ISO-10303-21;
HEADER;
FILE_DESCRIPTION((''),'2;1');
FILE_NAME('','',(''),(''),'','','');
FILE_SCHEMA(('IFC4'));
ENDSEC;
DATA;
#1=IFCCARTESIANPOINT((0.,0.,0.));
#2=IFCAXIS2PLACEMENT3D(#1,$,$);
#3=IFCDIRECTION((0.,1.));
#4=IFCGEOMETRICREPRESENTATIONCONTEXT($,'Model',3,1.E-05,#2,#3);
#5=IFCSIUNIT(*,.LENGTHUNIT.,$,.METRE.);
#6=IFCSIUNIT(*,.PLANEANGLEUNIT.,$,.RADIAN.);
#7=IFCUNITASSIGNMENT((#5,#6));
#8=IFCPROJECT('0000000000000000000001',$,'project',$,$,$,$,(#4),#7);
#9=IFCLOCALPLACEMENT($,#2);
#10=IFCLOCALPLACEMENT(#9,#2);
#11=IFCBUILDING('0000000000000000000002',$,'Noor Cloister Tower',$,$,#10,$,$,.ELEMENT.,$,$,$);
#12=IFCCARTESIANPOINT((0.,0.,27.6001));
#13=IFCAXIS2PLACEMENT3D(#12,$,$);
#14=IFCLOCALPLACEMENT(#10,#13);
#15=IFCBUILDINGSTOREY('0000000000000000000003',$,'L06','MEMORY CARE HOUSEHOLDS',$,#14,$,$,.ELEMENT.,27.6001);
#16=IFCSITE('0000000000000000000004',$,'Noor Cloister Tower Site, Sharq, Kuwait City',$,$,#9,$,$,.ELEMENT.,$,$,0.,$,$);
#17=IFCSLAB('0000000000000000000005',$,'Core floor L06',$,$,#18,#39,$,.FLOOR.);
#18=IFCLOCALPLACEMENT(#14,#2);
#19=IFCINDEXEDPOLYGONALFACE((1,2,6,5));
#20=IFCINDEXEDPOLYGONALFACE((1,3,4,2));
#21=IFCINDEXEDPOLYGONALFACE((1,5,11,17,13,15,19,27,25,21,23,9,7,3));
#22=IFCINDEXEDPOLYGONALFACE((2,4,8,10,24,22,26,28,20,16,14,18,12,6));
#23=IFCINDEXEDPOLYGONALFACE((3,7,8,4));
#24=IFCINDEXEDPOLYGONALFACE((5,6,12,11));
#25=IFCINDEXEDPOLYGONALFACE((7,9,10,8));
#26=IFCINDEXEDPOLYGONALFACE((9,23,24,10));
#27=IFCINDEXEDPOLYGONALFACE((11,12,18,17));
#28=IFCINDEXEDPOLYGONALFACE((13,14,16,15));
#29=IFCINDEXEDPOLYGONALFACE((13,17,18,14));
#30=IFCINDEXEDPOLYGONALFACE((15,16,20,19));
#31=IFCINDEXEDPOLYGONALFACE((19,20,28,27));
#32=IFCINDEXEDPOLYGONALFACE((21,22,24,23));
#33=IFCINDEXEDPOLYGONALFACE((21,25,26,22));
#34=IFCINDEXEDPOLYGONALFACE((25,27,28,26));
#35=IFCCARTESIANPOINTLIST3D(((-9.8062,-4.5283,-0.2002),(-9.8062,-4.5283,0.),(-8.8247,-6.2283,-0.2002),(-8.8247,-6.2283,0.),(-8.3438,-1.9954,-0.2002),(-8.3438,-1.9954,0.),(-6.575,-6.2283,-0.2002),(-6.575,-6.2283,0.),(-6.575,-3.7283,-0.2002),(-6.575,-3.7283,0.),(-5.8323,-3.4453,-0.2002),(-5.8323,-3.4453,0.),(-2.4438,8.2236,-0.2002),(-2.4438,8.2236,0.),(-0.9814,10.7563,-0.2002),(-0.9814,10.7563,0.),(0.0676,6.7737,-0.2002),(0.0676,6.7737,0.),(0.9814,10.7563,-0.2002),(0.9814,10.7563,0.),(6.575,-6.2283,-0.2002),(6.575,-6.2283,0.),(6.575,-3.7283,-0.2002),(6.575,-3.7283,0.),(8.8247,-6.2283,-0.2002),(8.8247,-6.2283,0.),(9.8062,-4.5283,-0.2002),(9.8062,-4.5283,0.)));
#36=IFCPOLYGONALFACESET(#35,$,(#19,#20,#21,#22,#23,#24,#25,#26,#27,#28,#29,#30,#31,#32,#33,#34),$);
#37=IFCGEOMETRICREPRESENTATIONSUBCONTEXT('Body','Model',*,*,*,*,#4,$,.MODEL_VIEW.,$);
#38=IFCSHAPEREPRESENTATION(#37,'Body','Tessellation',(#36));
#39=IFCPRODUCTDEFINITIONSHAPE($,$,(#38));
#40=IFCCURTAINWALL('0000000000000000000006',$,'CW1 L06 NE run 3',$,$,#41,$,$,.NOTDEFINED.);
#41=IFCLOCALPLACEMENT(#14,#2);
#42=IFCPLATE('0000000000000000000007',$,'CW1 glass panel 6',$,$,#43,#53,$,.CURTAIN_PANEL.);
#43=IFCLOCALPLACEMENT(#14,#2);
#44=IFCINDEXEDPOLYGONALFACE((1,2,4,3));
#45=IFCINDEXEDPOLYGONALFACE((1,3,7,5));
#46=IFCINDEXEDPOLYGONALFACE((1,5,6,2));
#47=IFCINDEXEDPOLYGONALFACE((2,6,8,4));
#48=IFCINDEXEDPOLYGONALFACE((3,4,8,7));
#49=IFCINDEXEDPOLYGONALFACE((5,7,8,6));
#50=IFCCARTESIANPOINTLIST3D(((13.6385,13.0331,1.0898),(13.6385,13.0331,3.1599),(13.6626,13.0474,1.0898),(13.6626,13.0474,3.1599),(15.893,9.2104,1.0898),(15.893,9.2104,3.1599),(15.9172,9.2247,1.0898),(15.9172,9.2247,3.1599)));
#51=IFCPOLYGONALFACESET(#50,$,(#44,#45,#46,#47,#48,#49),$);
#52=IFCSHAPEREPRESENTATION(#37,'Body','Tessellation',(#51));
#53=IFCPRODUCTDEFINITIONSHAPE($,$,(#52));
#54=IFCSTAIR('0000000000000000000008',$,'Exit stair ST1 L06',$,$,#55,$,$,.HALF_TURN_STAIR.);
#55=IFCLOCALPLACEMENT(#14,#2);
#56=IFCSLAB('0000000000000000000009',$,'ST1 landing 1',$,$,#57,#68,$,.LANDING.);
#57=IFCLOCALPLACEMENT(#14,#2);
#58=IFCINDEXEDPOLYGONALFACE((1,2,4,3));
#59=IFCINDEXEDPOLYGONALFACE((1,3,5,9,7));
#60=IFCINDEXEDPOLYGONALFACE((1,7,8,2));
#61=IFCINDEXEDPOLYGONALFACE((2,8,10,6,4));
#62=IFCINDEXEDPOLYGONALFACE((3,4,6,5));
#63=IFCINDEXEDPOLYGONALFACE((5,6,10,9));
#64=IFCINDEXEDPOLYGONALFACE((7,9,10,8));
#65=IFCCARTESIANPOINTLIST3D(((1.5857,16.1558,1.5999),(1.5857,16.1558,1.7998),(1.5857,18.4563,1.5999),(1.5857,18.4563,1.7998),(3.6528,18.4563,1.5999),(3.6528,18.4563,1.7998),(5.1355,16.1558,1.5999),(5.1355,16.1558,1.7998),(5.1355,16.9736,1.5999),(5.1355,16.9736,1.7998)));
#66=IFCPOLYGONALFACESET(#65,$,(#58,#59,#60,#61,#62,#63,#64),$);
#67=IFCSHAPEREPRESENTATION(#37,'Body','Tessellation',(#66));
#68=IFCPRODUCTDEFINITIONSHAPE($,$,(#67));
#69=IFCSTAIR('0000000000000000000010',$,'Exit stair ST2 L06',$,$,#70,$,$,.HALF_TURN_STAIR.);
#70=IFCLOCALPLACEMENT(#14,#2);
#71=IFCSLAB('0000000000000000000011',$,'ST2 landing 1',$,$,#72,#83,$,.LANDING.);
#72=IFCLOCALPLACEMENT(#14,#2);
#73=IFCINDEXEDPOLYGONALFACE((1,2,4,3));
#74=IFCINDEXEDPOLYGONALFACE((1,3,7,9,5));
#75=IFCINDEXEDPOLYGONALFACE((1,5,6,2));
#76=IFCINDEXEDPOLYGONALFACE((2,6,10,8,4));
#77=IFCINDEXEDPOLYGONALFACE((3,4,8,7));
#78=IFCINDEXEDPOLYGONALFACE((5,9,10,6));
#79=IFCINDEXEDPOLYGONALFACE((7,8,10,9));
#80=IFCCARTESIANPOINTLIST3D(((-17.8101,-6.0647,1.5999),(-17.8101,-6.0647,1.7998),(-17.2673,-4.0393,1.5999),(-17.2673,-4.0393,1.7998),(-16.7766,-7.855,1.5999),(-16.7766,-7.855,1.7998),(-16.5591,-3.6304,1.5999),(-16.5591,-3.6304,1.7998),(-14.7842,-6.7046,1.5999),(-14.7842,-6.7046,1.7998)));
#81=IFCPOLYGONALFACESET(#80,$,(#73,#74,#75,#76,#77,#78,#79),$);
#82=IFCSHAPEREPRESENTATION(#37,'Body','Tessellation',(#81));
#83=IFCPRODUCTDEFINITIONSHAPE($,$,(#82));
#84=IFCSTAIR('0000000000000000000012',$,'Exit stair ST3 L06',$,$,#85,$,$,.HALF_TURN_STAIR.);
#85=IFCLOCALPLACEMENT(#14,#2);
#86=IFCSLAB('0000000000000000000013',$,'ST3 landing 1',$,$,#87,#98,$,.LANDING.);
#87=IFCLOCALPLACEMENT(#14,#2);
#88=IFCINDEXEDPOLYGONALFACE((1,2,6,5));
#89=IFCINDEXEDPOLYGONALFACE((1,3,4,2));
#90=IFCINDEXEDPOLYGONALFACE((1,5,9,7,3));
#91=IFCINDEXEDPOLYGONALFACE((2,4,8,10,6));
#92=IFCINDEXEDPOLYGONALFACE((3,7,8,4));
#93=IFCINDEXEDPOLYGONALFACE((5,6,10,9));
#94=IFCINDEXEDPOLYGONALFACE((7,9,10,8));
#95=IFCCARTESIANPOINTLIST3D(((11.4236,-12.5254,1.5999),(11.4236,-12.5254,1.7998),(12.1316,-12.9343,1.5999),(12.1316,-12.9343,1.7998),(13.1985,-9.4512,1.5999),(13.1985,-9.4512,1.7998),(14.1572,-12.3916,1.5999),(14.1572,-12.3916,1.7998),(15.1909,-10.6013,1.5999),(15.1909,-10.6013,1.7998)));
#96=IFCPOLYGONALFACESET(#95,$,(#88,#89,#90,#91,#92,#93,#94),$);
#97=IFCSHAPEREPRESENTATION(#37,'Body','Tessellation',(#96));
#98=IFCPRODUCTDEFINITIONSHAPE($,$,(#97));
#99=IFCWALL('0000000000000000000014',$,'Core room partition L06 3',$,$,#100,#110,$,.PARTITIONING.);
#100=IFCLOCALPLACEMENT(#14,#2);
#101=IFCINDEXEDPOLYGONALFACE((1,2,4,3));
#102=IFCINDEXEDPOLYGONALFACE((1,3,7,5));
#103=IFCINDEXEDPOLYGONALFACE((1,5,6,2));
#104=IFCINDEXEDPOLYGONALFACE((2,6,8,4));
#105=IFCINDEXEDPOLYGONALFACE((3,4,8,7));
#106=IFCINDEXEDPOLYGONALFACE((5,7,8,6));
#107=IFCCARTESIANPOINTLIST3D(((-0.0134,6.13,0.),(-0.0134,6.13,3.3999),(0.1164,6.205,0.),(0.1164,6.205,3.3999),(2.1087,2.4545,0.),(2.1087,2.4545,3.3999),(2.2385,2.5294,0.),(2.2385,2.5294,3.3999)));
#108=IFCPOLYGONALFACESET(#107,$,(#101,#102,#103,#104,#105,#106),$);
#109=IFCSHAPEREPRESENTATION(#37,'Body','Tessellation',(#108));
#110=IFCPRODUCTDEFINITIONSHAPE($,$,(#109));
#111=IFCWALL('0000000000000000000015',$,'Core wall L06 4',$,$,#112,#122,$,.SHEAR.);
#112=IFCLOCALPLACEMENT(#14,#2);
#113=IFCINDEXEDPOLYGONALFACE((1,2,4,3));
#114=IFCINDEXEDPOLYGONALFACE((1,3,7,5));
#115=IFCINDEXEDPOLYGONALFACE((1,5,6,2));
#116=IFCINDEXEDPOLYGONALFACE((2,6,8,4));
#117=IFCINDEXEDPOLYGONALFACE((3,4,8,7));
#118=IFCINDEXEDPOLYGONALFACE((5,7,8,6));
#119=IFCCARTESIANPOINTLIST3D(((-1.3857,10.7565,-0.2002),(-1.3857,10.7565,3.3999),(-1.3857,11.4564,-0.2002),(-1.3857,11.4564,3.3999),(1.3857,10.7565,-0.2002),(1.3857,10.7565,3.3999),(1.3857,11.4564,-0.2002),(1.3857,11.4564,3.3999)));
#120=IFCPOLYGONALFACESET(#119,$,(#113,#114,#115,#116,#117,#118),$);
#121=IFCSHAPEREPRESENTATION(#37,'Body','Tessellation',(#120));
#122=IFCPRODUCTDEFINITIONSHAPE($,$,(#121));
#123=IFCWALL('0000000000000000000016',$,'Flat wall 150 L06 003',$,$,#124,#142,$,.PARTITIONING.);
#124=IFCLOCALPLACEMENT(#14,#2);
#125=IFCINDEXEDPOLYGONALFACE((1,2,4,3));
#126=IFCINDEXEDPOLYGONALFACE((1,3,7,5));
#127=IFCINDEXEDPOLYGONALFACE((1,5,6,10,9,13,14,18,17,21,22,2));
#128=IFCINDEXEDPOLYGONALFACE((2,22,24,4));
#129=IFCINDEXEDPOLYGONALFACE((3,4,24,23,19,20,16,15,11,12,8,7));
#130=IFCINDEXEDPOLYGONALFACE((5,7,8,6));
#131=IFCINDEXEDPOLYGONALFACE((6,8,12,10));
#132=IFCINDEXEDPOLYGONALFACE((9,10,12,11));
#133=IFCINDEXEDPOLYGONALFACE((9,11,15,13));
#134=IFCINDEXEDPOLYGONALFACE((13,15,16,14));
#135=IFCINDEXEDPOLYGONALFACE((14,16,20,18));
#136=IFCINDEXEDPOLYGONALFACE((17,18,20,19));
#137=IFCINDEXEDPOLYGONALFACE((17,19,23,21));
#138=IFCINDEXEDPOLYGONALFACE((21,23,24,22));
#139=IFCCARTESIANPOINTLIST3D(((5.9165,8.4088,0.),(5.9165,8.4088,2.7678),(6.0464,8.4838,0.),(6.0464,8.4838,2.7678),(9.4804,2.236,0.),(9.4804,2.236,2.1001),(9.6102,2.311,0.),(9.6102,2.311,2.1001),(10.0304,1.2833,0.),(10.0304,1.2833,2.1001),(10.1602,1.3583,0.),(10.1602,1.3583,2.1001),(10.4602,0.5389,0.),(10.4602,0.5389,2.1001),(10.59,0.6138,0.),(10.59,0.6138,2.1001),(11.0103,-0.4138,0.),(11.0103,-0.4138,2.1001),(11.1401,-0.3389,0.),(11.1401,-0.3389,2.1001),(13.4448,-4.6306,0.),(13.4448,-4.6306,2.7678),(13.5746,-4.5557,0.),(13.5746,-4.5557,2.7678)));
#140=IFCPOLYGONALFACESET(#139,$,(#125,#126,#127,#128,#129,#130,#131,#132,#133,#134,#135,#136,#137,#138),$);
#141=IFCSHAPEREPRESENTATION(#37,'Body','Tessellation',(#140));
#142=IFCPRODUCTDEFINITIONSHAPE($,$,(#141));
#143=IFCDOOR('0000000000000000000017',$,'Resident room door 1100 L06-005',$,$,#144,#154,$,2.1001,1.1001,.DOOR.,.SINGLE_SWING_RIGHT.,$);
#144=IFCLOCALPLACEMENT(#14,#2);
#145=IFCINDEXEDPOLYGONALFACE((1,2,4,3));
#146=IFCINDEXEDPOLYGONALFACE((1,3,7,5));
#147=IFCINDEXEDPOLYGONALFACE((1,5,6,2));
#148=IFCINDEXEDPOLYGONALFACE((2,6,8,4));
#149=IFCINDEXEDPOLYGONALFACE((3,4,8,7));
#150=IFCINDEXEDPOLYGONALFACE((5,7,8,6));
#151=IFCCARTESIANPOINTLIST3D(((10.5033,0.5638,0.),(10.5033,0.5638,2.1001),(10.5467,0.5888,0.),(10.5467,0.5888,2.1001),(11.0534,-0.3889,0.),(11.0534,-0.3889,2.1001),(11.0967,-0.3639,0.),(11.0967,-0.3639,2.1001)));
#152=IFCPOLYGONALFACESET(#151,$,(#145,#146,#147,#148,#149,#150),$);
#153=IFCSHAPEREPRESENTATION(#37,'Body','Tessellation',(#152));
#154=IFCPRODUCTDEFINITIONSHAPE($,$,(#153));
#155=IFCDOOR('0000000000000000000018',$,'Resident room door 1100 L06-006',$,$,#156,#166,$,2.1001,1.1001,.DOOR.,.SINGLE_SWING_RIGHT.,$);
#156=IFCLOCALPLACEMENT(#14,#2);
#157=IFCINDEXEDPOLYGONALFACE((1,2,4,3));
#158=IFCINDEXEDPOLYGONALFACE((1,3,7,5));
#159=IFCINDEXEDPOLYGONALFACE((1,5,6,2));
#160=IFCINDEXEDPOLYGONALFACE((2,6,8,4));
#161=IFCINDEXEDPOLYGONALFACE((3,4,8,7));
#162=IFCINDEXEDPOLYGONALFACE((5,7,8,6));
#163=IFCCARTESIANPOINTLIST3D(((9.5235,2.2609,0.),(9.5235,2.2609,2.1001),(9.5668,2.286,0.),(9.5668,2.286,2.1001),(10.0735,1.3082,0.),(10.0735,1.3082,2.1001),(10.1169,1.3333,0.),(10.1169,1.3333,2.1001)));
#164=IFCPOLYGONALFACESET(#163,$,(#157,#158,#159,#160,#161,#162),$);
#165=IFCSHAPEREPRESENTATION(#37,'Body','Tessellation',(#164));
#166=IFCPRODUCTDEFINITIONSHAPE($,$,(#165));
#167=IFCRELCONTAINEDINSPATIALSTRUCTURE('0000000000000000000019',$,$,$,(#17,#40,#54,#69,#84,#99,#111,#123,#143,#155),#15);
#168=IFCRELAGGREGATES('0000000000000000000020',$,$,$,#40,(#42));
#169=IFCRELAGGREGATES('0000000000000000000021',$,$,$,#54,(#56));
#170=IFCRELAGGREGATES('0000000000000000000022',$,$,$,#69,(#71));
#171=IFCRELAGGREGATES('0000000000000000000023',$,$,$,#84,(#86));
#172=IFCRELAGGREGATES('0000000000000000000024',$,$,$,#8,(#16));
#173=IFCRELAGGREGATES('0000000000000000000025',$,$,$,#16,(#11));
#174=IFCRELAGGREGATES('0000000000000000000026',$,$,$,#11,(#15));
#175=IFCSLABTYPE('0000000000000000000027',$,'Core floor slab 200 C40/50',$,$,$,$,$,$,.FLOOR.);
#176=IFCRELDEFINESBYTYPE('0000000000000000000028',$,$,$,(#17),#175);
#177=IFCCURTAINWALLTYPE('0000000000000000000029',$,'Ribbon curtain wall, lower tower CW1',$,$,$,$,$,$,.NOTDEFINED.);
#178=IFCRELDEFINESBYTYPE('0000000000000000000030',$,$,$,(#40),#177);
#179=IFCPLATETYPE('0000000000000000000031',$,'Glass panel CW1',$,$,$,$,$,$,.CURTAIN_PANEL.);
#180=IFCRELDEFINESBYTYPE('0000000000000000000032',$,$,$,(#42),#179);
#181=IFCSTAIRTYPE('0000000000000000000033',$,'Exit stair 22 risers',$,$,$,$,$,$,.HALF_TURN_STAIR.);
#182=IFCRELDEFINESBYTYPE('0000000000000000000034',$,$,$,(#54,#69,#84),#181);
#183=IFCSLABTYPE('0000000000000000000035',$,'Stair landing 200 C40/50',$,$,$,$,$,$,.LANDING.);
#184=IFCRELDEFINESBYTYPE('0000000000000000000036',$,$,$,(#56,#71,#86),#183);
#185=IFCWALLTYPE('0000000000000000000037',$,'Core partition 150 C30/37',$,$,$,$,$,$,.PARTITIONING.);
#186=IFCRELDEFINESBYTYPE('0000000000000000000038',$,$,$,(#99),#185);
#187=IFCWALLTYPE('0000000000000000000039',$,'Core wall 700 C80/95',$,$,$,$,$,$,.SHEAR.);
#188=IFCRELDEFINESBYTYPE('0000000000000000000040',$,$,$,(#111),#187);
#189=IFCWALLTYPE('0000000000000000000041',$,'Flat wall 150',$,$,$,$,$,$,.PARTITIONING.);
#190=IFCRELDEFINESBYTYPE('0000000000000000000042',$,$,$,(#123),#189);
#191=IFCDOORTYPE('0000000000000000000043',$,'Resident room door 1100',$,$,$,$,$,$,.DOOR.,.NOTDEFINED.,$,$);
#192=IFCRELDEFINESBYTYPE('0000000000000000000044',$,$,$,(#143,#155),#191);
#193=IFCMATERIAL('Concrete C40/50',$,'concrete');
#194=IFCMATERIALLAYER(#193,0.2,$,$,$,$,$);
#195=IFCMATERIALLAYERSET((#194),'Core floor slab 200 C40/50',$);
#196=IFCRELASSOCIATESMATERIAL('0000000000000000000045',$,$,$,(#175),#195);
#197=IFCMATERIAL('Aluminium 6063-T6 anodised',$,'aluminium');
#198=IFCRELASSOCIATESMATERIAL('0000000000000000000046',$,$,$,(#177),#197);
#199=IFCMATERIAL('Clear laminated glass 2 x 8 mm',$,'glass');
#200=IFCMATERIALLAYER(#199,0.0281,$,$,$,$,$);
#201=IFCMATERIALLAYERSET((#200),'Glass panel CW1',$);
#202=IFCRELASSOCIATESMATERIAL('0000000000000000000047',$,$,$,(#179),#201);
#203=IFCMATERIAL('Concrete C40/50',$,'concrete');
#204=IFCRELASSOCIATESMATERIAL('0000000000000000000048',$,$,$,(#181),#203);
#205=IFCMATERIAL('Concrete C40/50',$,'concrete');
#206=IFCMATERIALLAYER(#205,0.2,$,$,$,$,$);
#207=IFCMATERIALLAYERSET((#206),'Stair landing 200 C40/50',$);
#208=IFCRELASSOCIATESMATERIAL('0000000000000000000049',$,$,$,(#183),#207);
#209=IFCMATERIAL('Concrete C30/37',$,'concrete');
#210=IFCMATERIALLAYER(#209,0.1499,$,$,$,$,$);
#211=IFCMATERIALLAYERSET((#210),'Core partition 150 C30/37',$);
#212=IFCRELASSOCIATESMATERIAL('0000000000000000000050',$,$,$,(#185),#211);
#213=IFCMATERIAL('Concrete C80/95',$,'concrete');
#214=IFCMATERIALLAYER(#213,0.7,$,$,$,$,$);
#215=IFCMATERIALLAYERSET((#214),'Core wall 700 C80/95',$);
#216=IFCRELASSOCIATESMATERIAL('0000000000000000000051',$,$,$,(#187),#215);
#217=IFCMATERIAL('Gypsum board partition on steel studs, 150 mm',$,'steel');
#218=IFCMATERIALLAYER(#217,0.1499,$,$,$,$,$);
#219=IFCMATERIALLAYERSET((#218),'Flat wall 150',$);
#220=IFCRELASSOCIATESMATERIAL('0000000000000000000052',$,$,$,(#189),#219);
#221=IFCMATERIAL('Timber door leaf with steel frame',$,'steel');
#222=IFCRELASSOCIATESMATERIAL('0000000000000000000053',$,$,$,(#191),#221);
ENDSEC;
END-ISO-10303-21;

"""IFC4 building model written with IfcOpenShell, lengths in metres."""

from ifc_helpers import new_model, si_unit, direction, frame, frame_2d, origin, origin_2d, place, context, subcontext, project, spatial, polyline, rectangle, outline, extrude, material, layer, layer_set, type_object, element, fill, aggregate, save


model = new_model("IFC4")

# Units and contexts
model_context = context("Model", 3, precision=1e-05, world=origin(), true_north=direction((0.0, 1.0)))
body_context = subcontext(model_context, "Body", "Model", "MODEL_VIEW")
ifc_project = project(units=[si_unit("LENGTHUNIT", "METRE"), si_unit("PLANEANGLEUNIT", "RADIAN")], contexts=[model_context])

# Site, building, storey
site_placement = place(None, origin())
site = spatial("IfcSite", under=ifc_project, at=site_placement, Name="Noor Cloister Tower Site, Sharq, Kuwait City", CompositionType="ELEMENT", RefElevation=0.0)
building_placement = place(site_placement, origin())
building = spatial("IfcBuilding", under=site, at=building_placement, Name="Noor Cloister Tower", CompositionType="ELEMENT")
storey_placement = place(building_placement, frame((0.0, 0.0, 27.6001)))
storey = spatial("IfcBuildingStorey", under=building, at=storey_placement, Name="L06", Description="MEMORY CARE HOUSEHOLDS", CompositionType="ELEMENT", Elevation=27.6001)

# Slab
ifc_material_1 = material(Name="Concrete C40/50", Category="concrete")
ifc_layer_1 = layer(ifc_material_1, 0.2)
ifc_layer_set_1 = layer_set([ifc_layer_1], Name="Core floor slab 200 C40/50")
slab_type_1 = type_object("IfcSlabType", Name="Core floor slab 200 C40/50", PredefinedType="FLOOR", material=ifc_layer_set_1)
slab_1_placement = place(storey_placement, frame((0.0, 0.0, -0.2002)))
element("IfcSlab", 1, at=slab_1_placement, inside=storey, type_object=slab_type_1, Name="Core floor L06", PredefinedType="FLOOR", context=body_context, shape_type="SweptSolid", body=[
    extrude(outline(polyline([(-6.575, -6.2283), (-6.575, -3.7283), (6.575, -3.7283), (6.575, -6.2283), (8.8247, -6.2283), (9.8062, -4.5283), (0.9814, 10.7563), (-0.9814, 10.7563), (-2.4438, 8.2236), (0.0676, 6.7737), (-5.8323, -3.4453), (-8.3438, -1.9954), (-9.8062, -4.5283), (-8.8247, -6.2283), (-6.575, -6.2283)])), origin(), (0.0, 0.0, 1.0), 0.2002),
])

# Curtain wall, plate
ifc_material_2 = material(Name="Aluminium 6063-T6 anodised", Category="aluminium")
curtain_wall_type = type_object("IfcCurtainWallType", Name="Ribbon curtain wall, lower tower CW1", PredefinedType="NOTDEFINED", material=ifc_material_2)
curtain_wall_placement = place(storey_placement, origin())
curtain_wall = element("IfcCurtainWall", 2, at=curtain_wall_placement, inside=storey, type_object=curtain_wall_type, Name="CW1 L06 NE run 3", PredefinedType="NOTDEFINED")
ifc_material_3 = material(Name="Clear laminated glass 2 x 8 mm", Category="glass")
ifc_layer_2 = layer(ifc_material_3, 0.0281)
ifc_layer_set_2 = layer_set([ifc_layer_2], Name="Glass panel CW1")
plate_type = type_object("IfcPlateType", Name="Glass panel CW1", PredefinedType="CURTAIN_PANEL", material=ifc_layer_set_2)
plate_placement = place(storey_placement, frame((14.7778, 11.1289, 1.0898), z_axis=(0.0, 0.0, 1.0), x_axis=(-0.508012, 0.86135, 0.0)))
plate = element("IfcPlate", 3, at=plate_placement, type_object=plate_type, Name="CW1 glass panel 6", PredefinedType="CURTAIN_PANEL", context=body_context, shape_type="SweptSolid", body=[
    extrude(rectangle(XDim=4.438, YDim=0.0281, at=origin_2d()), origin(), (0.0, 0.0, 1.0), 2.0701),
])
aggregate(curtain_wall, [plate])

# Stairs, slabs
ifc_material_4 = material(Name="Concrete C40/50", Category="concrete")
stair_type = type_object("IfcStairType", Name="Exit stair 22 risers", PredefinedType="HALF_TURN_STAIR", material=ifc_material_4)
stair_1_placement = place(storey_placement, origin())
stair_1 = element("IfcStair", 4, at=stair_1_placement, inside=storey, type_object=stair_type, Name="Exit stair ST1 L06", PredefinedType="HALF_TURN_STAIR")
ifc_material_5 = material(Name="Concrete C40/50", Category="concrete")
ifc_layer_3 = layer(ifc_material_5, 0.2)
ifc_layer_set_3 = layer_set([ifc_layer_3], Name="Stair landing 200 C40/50")
slab_type_2 = type_object("IfcSlabType", Name="Stair landing 200 C40/50", PredefinedType="LANDING", material=ifc_layer_set_3)
slab_2_placement = place(storey_placement, frame((0.0, 0.0, 1.5999)))
slab_2 = element("IfcSlab", 5, at=slab_2_placement, type_object=slab_type_2, Name="ST1 landing 1", PredefinedType="LANDING", context=body_context, shape_type="SweptSolid", body=[
    extrude(outline(polyline([(5.1355, 16.1558), (5.1355, 16.9736), (3.6528, 18.4563), (1.5857, 18.4563), (1.5857, 16.1558), (5.1355, 16.1558)])), origin(), (0.0, 0.0, 1.0), 0.2),
])
aggregate(stair_1, [slab_2])
stair_2_placement = place(storey_placement, origin())
stair_2 = element("IfcStair", 6, at=stair_2_placement, inside=storey, type_object=stair_type, Name="Exit stair ST2 L06", PredefinedType="HALF_TURN_STAIR")
slab_3_placement = place(storey_placement, frame((0.0, 0.0, 1.5999)))
slab_3 = element("IfcSlab", 7, at=slab_3_placement, type_object=slab_type_2, Name="ST2 landing 1", PredefinedType="LANDING", context=body_context, shape_type="SweptSolid", body=[
    extrude(outline(polyline([(-16.5591, -3.6304), (-17.2673, -4.0393), (-17.8101, -6.0647), (-16.7766, -7.855), (-14.7842, -6.7046), (-16.5591, -3.6304)])), origin(), (0.0, 0.0, 1.0), 0.2),
])
aggregate(stair_2, [slab_3])
stair_3_placement = place(storey_placement, origin())
stair_3 = element("IfcStair", 8, at=stair_3_placement, inside=storey, type_object=stair_type, Name="Exit stair ST3 L06", PredefinedType="HALF_TURN_STAIR")
slab_4_placement = place(storey_placement, frame((0.0, 0.0, 1.5999)))
slab_4 = element("IfcSlab", 9, at=slab_4_placement, type_object=slab_type_2, Name="ST3 landing 1", PredefinedType="LANDING", context=body_context, shape_type="SweptSolid", body=[
    extrude(outline(polyline([(11.4236, -12.5254), (12.1316, -12.9343), (14.1572, -12.3916), (15.1909, -10.6013), (13.1985, -9.4512), (11.4236, -12.5254)])), origin(), (0.0, 0.0, 1.0), 0.2),
])
aggregate(stair_3, [slab_4])

# Walls
ifc_material_6 = material(Name="Concrete C30/37", Category="concrete")
ifc_layer_4 = layer(ifc_material_6, 0.1499)
ifc_layer_set_4 = layer_set([ifc_layer_4], Name="Core partition 150 C30/37")
wall_type_1 = type_object("IfcWallType", Name="Core partition 150 C30/37", PredefinedType="PARTITIONING", material=ifc_layer_set_4)
wall_1_placement = place(storey_placement, frame((2.1736, 2.4919, 0.0), z_axis=(0.0, 0.0, 1.0), x_axis=(-0.5, 0.866026, 0.0)))
element("IfcWall", 10, at=wall_1_placement, inside=storey, type_object=wall_type_1, Name="Core room partition L06 3", PredefinedType="PARTITIONING", context=body_context, shape_type="SweptSolid", body=[
    extrude(rectangle(XDim=4.2441, YDim=0.1499, at=frame_2d((2.1221, 0.0))), origin(), (0.0, 0.0, 1.0), 3.3999),
])
ifc_material_7 = material(Name="Concrete C80/95", Category="concrete")
ifc_layer_5 = layer(ifc_material_7, 0.7)
ifc_layer_set_5 = layer_set([ifc_layer_5], Name="Core wall 700 C80/95")
wall_type_2 = type_object("IfcWallType", Name="Core wall 700 C80/95", PredefinedType="SHEAR", material=ifc_layer_set_5)
wall_2_placement = place(storey_placement, frame((1.3857, 11.1064, -0.2002), z_axis=(0.0, 0.0, 1.0), x_axis=(-1.0, 0.0, 0.0)))
element("IfcWall", 11, at=wall_2_placement, inside=storey, type_object=wall_type_2, Name="Core wall L06 4", PredefinedType="SHEAR", context=body_context, shape_type="SweptSolid", body=[
    extrude(rectangle(XDim=2.7715, YDim=0.7, at=frame_2d((1.3857, 0.0))), origin(), (0.0, 0.0, 1.0), 3.6001),
])

# Wall, openings, doors
ifc_material_8 = material(Name="Gypsum board partition on steel studs, 150 mm", Category="steel")
ifc_layer_6 = layer(ifc_material_8, 0.1499)
ifc_layer_set_6 = layer_set([ifc_layer_6], Name="Flat wall 150")
wall_type_3 = type_object("IfcWallType", Name="Flat wall 150", PredefinedType="PARTITIONING", material=ifc_layer_set_6)
wall_3_placement = place(storey_placement, frame((5.9814, 8.4463, 0.0), z_axis=(0.0, 0.0, 1.0), x_axis=(0.499997, -0.866027, 0.0)))
wall_3 = element("IfcWall", 12, at=wall_3_placement, inside=storey, type_object=wall_type_3, Name="Flat wall 150 L06 003", PredefinedType="PARTITIONING", context=body_context, shape_type="SweptSolid", body=[
    extrude(rectangle(XDim=15.0566, YDim=0.1499, at=frame_2d((7.5283, 0.0))), origin(), (0.0, 0.0, 1.0), 2.7678),
])
opening_1_placement = place(wall_3_placement, frame((9.0874, 0.0, 0.0)))
opening_1 = element("IfcOpeningElement", 13, at=opening_1_placement, cuts=wall_3, PredefinedType="OPENING", context=body_context, shape_type="SweptSolid", body=[
    extrude(rectangle(XDim=1.1001, YDim=2.1001, at=frame_2d((0.55, 1.05))), frame((0.0, 0.085, 0.0), z_axis=(0.0, -1.0, 0.0), x_axis=(1.0, 0.0, 0.0)), (0.0, 0.0, 1.0), 0.1699),
])
opening_2_placement = place(wall_3_placement, frame((7.1277, 0.0, 0.0)))
opening_2 = element("IfcOpeningElement", 14, at=opening_2_placement, cuts=wall_3, PredefinedType="OPENING", context=body_context, shape_type="SweptSolid", body=[
    extrude(rectangle(XDim=1.1001, YDim=2.1001, at=frame_2d((0.55, 1.05))), frame((0.0, 0.085, 0.0), z_axis=(0.0, -1.0, 0.0), x_axis=(1.0, 0.0, 0.0)), (0.0, 0.0, 1.0), 0.1699),
])
ifc_material_9 = material(Name="Timber door leaf with steel frame", Category="steel")
door_type_1 = type_object("IfcDoorType", Name="Resident room door 1100", OperationType="NOTDEFINED", PredefinedType="DOOR", material=ifc_material_9)
door_1_placement = place(opening_1_placement, origin())
door_1 = element("IfcDoor", 15, at=door_1_placement, inside=storey, type_object=door_type_1, Name="Resident room door 1100 L06-005", OperationType="SINGLE_SWING_RIGHT", OverallHeight=2.1001, OverallWidth=1.1001, PredefinedType="DOOR", context=body_context, shape_type="SweptSolid", body=[
    extrude(rectangle(XDim=1.1001, YDim=2.1001, at=frame_2d((0.55, 1.05))), frame((0.0, 0.0249, 0.0), z_axis=(0.0, -1.0, 0.0), x_axis=(1.0, 0.0, 0.0)), (0.0, 0.0, 1.0), 0.05),
])
fill(opening_1, door_1)
door_2_placement = place(opening_2_placement, origin())
door_2 = element("IfcDoor", 16, at=door_2_placement, inside=storey, type_object=door_type_1, Name="Resident room door 1100 L06-006", OperationType="SINGLE_SWING_RIGHT", OverallHeight=2.1001, OverallWidth=1.1001, PredefinedType="DOOR", context=body_context, shape_type="SweptSolid", body=[
    extrude(rectangle(XDim=1.1001, YDim=2.1001, at=frame_2d((0.55, 1.05))), frame((0.0, 0.0249, 0.0), z_axis=(0.0, -1.0, 0.0), x_axis=(1.0, 0.0, 0.0)), (0.0, 0.0, 1.0), 0.05),
])
fill(opening_2, door_2)

save(model, "model.ifc")
